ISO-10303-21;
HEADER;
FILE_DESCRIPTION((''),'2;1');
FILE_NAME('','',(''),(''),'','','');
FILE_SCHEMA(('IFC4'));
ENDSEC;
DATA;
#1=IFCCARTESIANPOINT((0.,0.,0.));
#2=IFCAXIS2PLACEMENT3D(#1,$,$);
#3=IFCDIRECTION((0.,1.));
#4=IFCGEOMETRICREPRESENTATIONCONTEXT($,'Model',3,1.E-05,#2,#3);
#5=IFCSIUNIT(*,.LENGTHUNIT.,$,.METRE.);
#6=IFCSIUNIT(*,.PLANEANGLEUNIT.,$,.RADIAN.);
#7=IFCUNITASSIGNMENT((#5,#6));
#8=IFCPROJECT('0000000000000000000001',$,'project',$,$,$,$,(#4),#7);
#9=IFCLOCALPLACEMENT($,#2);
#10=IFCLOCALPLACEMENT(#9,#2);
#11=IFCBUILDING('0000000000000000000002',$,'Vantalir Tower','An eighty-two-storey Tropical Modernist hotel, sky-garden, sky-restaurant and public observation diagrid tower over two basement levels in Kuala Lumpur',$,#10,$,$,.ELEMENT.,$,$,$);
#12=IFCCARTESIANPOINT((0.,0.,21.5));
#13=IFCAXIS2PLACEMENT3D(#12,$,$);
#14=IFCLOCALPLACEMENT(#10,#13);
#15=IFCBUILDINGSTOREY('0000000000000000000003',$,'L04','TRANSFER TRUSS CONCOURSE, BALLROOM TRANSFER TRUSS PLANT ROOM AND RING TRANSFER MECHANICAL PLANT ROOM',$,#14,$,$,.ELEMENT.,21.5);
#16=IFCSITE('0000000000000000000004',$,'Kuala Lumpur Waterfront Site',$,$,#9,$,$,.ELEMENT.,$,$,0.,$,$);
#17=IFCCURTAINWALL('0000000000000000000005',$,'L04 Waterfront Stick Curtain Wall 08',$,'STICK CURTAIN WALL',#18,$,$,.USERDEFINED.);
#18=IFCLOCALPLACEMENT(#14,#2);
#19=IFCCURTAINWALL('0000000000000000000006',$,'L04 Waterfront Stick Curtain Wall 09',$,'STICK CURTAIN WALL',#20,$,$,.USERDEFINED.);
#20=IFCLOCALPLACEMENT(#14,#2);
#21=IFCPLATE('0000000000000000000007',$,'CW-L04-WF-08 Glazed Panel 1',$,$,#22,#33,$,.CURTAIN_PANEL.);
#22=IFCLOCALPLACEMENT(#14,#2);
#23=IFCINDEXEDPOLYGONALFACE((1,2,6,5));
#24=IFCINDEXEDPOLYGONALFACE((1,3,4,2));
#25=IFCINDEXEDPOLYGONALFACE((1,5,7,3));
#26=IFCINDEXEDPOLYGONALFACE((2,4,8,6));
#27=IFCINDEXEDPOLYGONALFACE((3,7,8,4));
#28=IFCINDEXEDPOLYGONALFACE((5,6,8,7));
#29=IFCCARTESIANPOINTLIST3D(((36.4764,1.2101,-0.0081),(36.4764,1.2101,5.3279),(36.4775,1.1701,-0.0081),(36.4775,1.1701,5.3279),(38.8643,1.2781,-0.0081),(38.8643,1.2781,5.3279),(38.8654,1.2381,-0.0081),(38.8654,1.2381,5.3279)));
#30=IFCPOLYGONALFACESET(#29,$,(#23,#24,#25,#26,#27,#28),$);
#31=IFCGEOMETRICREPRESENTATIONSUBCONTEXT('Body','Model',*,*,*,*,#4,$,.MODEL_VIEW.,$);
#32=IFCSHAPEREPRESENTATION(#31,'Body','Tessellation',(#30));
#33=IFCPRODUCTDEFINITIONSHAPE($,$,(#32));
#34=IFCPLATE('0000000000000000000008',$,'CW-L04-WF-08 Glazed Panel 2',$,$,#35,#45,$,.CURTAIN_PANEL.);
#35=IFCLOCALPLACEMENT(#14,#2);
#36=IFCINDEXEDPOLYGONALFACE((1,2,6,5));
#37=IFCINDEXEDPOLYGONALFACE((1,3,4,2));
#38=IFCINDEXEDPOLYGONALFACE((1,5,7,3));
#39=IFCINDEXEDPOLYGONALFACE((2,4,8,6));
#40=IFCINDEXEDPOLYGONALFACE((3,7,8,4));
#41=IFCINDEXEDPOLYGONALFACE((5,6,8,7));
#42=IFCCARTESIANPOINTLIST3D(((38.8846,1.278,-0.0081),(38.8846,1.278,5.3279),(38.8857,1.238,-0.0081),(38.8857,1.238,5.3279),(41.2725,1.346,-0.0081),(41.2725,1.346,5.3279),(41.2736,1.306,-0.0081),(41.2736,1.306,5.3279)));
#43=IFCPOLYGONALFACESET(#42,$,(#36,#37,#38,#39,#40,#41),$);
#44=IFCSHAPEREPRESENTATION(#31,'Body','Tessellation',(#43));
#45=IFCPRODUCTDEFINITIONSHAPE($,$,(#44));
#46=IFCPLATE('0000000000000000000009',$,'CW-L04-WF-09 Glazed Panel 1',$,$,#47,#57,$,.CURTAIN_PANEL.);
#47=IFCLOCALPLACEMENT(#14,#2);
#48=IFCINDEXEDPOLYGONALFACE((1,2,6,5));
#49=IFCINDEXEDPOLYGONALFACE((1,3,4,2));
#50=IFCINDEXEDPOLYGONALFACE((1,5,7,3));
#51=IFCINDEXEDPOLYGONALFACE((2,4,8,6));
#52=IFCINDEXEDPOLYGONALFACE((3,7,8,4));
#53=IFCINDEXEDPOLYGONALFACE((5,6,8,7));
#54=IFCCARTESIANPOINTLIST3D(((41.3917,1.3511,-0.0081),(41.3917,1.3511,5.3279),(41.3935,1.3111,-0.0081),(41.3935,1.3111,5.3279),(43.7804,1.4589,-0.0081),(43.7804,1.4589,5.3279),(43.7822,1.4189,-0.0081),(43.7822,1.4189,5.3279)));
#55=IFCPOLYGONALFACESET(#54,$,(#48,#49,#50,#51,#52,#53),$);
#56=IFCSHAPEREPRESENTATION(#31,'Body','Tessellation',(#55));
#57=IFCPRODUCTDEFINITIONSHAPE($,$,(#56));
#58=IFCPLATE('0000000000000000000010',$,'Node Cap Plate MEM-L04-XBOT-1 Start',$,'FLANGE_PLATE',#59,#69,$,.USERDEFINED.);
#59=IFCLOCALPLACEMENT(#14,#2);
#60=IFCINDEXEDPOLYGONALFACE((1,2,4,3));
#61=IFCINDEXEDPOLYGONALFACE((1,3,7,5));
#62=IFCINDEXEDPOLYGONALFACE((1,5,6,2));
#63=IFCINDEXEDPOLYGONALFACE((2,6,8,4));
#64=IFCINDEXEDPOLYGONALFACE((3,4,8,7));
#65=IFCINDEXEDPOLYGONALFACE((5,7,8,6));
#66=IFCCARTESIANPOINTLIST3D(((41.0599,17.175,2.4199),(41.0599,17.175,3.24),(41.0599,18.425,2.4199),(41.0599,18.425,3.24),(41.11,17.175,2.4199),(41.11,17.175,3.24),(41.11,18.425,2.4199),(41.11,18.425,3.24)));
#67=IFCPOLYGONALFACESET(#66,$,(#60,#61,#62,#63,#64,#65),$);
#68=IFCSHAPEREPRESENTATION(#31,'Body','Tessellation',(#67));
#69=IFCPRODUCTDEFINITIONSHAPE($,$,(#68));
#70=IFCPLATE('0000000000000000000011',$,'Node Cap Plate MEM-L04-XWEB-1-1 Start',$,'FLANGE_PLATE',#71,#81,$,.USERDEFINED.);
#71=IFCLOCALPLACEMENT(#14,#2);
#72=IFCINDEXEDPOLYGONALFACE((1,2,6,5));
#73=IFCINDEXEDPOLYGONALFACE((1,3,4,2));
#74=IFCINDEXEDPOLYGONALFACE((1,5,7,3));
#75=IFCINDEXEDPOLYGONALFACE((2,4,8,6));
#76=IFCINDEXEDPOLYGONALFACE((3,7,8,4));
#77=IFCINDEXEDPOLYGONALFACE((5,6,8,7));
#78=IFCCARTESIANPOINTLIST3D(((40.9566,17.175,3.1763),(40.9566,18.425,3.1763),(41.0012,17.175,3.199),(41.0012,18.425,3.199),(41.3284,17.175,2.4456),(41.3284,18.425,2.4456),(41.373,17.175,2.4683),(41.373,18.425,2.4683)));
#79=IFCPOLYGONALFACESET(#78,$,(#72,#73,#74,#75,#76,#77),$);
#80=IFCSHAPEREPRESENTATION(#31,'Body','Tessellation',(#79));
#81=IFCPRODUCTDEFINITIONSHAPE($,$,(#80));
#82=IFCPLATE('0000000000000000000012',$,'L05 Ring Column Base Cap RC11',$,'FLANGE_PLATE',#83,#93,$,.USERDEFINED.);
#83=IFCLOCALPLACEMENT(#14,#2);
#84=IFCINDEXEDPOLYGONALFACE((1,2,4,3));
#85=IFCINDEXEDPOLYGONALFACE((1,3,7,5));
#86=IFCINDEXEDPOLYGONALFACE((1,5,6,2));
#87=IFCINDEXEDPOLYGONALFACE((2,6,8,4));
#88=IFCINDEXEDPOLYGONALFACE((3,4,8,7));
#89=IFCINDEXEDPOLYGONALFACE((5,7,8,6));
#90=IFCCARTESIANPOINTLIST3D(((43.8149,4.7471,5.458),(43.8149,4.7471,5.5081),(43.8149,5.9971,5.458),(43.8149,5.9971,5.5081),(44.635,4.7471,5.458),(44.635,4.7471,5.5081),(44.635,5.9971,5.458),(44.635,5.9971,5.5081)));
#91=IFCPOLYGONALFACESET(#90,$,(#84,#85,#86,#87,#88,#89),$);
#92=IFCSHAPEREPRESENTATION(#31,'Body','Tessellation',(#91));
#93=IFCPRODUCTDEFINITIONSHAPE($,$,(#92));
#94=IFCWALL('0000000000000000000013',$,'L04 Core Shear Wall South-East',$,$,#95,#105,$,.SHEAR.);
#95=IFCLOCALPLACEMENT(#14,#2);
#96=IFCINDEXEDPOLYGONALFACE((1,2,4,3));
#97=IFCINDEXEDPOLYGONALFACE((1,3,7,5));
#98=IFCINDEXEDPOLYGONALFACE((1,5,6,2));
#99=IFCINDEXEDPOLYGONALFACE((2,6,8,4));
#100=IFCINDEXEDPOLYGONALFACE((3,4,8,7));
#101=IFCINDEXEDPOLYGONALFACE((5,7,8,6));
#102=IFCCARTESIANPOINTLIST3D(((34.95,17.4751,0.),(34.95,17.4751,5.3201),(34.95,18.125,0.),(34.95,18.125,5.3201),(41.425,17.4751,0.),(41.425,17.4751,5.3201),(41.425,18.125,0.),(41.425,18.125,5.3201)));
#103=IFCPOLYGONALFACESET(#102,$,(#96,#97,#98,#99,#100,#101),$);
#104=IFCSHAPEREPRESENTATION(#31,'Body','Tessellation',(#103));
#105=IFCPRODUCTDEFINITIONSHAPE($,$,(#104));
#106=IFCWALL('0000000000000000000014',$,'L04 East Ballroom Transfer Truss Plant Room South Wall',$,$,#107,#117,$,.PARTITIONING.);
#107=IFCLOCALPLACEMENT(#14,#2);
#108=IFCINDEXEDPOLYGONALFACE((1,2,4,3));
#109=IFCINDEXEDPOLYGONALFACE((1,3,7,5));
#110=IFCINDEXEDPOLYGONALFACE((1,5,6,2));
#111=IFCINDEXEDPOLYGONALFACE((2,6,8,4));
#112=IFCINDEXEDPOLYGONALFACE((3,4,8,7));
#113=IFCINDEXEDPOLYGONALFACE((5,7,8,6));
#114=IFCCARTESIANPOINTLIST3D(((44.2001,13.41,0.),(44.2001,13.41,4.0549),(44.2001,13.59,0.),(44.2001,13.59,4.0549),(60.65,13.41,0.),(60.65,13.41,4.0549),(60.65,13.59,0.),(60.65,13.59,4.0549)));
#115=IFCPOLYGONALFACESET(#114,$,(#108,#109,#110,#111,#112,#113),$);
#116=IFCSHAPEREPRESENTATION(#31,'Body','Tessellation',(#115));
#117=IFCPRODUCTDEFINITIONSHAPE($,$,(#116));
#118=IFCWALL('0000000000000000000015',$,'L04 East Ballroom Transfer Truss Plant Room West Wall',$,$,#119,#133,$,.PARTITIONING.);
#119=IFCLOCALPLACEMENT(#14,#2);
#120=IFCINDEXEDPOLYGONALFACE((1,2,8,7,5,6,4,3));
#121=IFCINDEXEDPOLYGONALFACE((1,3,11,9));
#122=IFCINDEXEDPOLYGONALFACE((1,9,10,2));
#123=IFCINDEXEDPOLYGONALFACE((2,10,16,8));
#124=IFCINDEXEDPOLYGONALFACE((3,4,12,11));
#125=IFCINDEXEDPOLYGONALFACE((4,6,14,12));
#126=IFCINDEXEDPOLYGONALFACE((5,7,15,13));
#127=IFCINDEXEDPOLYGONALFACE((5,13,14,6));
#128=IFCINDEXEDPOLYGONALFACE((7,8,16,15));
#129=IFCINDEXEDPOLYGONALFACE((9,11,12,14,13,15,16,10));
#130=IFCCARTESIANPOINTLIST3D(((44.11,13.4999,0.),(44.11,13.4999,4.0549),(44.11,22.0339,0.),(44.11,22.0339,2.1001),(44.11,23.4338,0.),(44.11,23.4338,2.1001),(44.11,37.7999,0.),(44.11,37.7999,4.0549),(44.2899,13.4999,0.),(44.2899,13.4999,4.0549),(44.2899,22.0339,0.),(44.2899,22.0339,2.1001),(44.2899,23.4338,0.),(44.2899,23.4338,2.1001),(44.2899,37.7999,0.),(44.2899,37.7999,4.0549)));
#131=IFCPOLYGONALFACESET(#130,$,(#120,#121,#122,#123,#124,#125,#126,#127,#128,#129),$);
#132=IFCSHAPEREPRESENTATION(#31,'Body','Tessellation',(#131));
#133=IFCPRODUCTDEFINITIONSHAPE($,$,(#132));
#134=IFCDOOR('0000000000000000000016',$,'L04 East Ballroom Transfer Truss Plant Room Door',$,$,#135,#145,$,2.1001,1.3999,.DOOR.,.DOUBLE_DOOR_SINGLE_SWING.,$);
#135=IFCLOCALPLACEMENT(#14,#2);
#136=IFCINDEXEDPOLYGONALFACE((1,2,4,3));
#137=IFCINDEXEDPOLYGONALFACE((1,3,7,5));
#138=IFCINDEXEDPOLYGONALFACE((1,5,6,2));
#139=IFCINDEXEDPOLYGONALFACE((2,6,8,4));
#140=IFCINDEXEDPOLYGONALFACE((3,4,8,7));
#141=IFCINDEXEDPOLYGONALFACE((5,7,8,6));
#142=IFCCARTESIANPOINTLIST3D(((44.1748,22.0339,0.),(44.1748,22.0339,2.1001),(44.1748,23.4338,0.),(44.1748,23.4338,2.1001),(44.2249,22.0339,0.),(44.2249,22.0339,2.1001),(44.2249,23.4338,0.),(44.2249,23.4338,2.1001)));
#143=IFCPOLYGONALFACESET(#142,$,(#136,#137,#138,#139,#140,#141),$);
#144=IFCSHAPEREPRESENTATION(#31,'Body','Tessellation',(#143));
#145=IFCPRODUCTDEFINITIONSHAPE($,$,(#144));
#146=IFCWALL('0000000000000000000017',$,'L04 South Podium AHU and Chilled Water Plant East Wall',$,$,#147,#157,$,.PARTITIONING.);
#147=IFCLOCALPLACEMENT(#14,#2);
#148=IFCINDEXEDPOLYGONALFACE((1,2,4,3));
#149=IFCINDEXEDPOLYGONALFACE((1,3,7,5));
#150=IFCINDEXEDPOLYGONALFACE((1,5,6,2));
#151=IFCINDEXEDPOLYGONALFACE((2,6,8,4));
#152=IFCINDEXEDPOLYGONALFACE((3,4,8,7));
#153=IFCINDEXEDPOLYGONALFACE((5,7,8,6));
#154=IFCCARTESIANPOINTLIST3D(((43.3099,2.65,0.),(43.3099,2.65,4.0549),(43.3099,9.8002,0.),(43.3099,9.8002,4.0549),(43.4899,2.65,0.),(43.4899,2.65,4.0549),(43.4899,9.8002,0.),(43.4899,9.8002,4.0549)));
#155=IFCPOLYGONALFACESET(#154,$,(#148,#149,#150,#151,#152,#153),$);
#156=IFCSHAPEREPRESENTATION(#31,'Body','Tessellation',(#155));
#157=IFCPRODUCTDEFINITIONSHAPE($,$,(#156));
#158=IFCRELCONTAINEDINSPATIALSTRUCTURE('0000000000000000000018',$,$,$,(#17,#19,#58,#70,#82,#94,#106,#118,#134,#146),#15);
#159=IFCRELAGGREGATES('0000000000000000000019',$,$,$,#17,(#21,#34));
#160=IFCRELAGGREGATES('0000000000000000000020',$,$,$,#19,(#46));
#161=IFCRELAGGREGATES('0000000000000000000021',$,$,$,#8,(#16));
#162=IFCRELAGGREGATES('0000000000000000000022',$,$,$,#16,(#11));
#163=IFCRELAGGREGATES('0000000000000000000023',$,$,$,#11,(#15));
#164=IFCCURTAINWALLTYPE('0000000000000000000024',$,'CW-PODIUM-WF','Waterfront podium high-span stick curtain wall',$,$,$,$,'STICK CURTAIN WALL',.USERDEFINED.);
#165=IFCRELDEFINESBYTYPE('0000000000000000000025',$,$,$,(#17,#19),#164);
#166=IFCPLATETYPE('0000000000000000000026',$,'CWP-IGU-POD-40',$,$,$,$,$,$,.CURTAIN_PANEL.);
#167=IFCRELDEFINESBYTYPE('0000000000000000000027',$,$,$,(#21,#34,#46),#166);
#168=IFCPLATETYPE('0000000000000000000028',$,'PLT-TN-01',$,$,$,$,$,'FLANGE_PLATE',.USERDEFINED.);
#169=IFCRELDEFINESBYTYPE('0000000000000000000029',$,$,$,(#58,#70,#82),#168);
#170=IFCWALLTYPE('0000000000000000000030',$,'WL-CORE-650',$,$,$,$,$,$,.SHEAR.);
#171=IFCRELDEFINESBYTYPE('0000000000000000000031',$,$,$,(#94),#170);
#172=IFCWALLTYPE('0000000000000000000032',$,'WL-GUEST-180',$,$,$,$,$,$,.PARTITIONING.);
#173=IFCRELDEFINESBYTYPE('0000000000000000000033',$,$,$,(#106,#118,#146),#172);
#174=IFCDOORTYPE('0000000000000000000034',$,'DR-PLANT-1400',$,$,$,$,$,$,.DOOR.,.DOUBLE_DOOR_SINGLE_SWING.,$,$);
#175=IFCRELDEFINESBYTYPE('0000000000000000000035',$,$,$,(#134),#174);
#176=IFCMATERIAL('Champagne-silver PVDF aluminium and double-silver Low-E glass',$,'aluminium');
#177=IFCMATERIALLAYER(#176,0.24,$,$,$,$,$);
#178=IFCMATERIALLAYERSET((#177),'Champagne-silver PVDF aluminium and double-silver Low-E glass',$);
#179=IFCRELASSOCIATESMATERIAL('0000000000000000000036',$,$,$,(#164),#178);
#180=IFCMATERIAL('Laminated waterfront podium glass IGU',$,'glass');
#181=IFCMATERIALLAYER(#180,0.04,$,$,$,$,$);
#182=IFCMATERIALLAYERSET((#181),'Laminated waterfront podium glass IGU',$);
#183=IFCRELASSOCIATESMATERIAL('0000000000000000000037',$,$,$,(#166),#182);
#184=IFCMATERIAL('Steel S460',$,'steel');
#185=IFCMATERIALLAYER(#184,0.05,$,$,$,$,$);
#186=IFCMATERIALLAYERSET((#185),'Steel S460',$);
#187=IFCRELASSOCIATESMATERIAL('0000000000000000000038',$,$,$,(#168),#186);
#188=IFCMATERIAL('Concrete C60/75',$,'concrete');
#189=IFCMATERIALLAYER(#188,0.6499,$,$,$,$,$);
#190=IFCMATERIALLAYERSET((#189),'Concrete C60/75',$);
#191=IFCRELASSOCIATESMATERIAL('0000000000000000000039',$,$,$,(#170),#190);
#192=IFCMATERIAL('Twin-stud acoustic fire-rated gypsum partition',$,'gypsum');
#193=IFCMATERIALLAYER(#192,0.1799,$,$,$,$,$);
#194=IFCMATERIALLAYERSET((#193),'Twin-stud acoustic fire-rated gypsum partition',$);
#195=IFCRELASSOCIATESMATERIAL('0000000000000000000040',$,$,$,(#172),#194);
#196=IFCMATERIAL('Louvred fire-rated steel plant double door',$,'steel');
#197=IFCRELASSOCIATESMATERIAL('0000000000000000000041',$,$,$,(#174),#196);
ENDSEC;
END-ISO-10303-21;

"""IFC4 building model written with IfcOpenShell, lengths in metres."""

from ifc_helpers import new_model, si_unit, direction, frame, frame_2d, origin, origin_2d, place, context, subcontext, project, spatial, polyline, rectangle, outline, extrude, material, layer, layer_set, type_object, element, fill, aggregate, save


model = new_model("IFC4")

# Units and contexts
model_context = context("Model", 3, precision=1e-05, world=origin(), true_north=direction((0.0, 1.0)))
body_context = subcontext(model_context, "Body", "Model", "MODEL_VIEW")
ifc_project = project(units=[si_unit("LENGTHUNIT", "METRE"), si_unit("PLANEANGLEUNIT", "RADIAN")], contexts=[model_context])

# Site, building, storey
site_placement = place(None, origin())
site = spatial("IfcSite", under=ifc_project, at=site_placement, Name="Kuala Lumpur Waterfront Site", CompositionType="ELEMENT", RefElevation=0.0)
building_placement = place(site_placement, origin())
building = spatial("IfcBuilding", under=site, at=building_placement, Name="Vantalir Tower", Description="An eighty-two-storey Tropical Modernist hotel, sky-garden, sky-restaurant and public observation diagrid tower over two basement levels in Kuala Lumpur", CompositionType="ELEMENT")
storey_placement = place(building_placement, frame((0.0, 0.0, 21.5)))
storey = spatial("IfcBuildingStorey", under=building, at=storey_placement, Name="L04", Description="TRANSFER TRUSS CONCOURSE, BALLROOM TRANSFER TRUSS PLANT ROOM AND RING TRANSFER MECHANICAL PLANT ROOM", CompositionType="ELEMENT", Elevation=21.5)

# Shared definitions
ifc_material_1 = material(Name="Concrete C60/75", Category="concrete")
ifc_material_2 = material(Name="Steel S460", Category="steel")

# Shared definitions
ifc_material_3 = material(Name="Champagne-silver PVDF aluminium and double-silver Low-E glass", Category="aluminium")
ifc_layer_1 = layer(ifc_material_3, 0.24)
ifc_layer_set_1 = layer_set([ifc_layer_1], Name="Champagne-silver PVDF aluminium and double-silver Low-E glass")
curtain_wall_type = type_object("IfcCurtainWallType", Name="CW-PODIUM-WF", Description="Waterfront podium high-span stick curtain wall", ElementType="STICK CURTAIN WALL", PredefinedType="USERDEFINED", material=ifc_layer_set_1)

# Curtain walls
curtain_wall_1_placement = place(storey_placement, origin())
curtain_wall_1 = element("IfcCurtainWall", 1, at=curtain_wall_1_placement, inside=storey, type_object=curtain_wall_type, Name="L04 Waterfront Stick Curtain Wall 08", ObjectType="STICK CURTAIN WALL", PredefinedType="USERDEFINED")
curtain_wall_2_placement = place(storey_placement, origin())
curtain_wall_2 = element("IfcCurtainWall", 2, at=curtain_wall_2_placement, inside=storey, type_object=curtain_wall_type, Name="L04 Waterfront Stick Curtain Wall 09", ObjectType="STICK CURTAIN WALL", PredefinedType="USERDEFINED")

# Plates
ifc_material_4 = material(Name="Laminated waterfront podium glass IGU", Category="glass")
ifc_layer_2 = layer(ifc_material_4, 0.04)
ifc_layer_set_2 = layer_set([ifc_layer_2], Name="Laminated waterfront podium glass IGU")
plate_type_1 = type_object("IfcPlateType", Name="CWP-IGU-POD-40", PredefinedType="CURTAIN_PANEL", material=ifc_layer_set_2)
plate_1_placement = place(storey_placement, frame((37.6709, 1.2241, -0.0081), z_axis=(0.0, 0.0, 1.0), x_axis=(0.999595, 0.028462, 0.0)))
plate_1 = element("IfcPlate", 3, at=plate_1_placement, type_object=plate_type_1, Name="CW-L04-WF-08 Glazed Panel 1", PredefinedType="CURTAIN_PANEL", context=body_context, shape_type="SweptSolid", body=[
    extrude(rectangle(XDim=2.3889, YDim=0.04, at=origin_2d()), origin(), (0.0, 0.0, 1.0), 5.3359),
])
plate_2_placement = place(storey_placement, frame((40.0791, 1.292, -0.0081), z_axis=(0.0, 0.0, 1.0), x_axis=(0.999595, 0.028462, 0.0)))
plate_2 = element("IfcPlate", 4, at=plate_2_placement, type_object=plate_type_1, Name="CW-L04-WF-08 Glazed Panel 2", PredefinedType="CURTAIN_PANEL", context=body_context, shape_type="SweptSolid", body=[
    extrude(rectangle(XDim=2.3889, YDim=0.04, at=origin_2d()), origin(), (0.0, 0.0, 1.0), 5.3359),
])
aggregate(curtain_wall_1, [plate_1, plate_2])
plate_3_placement = place(storey_placement, frame((42.5869, 1.385, -0.0081), z_axis=(0.0, 0.0, 1.0), x_axis=(0.998982, 0.045101, 0.0)))
plate_3 = element("IfcPlate", 5, at=plate_3_placement, type_object=plate_type_1, Name="CW-L04-WF-09 Glazed Panel 1", PredefinedType="CURTAIN_PANEL", context=body_context, shape_type="SweptSolid", body=[
    extrude(rectangle(XDim=2.3911, YDim=0.04, at=origin_2d()), origin(), (0.0, 0.0, 1.0), 5.3359),
])
aggregate(curtain_wall_2, [plate_3])

# Plates
ifc_layer_3 = layer(ifc_material_2, 0.05)
ifc_layer_set_3 = layer_set([ifc_layer_3], Name="Steel S460")
plate_type_2 = type_object("IfcPlateType", Name="PLT-TN-01", ElementType="FLANGE_PLATE", PredefinedType="USERDEFINED", material=ifc_layer_set_3)
plate_4_placement = place(storey_placement, frame((41.085, 17.8, 2.4199), z_axis=(0.0, 0.0, 1.0), x_axis=(1.0, 0.0, 0.0)))
element("IfcPlate", 6, at=plate_4_placement, inside=storey, type_object=plate_type_2, Name="Node Cap Plate MEM-L04-XBOT-1 Start", ObjectType="FLANGE_PLATE", PredefinedType="USERDEFINED", context=body_context, shape_type="SweptSolid", body=[
    extrude(rectangle(XDim=0.05, YDim=1.25, at=origin_2d()), origin(), (0.0, 0.0, 1.0), 0.8201),
])
plate_5_placement = place(storey_placement, frame((41.373, 17.175, 2.4683), z_axis=(0.891248, 0.0, 0.453515), x_axis=(0.0, 1.0, 0.0)))
element("IfcPlate", 7, at=plate_5_placement, inside=storey, type_object=plate_type_2, Name="Node Cap Plate MEM-L04-XWEB-1-1 Start", ObjectType="FLANGE_PLATE", PredefinedType="USERDEFINED", context=body_context, shape_type="SweptSolid", body=[
    extrude(outline(polyline([(0.0, 0.0), (1.25, 0.0), (1.25, 0.8199), (0.0, 0.8199), (0.0, 0.0)])), origin(), (0.0, 0.0, -1.0), 0.05),
])
plate_6_placement = place(storey_placement, frame((43.8149, 5.9971, 5.5081), z_axis=(0.0, 0.0, 1.0), x_axis=(0.0, -1.0, 0.0)))
element("IfcPlate", 8, at=plate_6_placement, inside=storey, type_object=plate_type_2, Name="L05 Ring Column Base Cap RC11", ObjectType="FLANGE_PLATE", PredefinedType="USERDEFINED", context=body_context, shape_type="SweptSolid", body=[
    extrude(outline(polyline([(0.0, 0.0), (1.25, 0.0), (1.25, 0.8201), (0.0, 0.8201), (0.0, 0.0)])), origin(), (0.0, 0.0, -1.0), 0.05),
])

# Walls
ifc_layer_4 = layer(ifc_material_1, 0.6499)
ifc_layer_set_4 = layer_set([ifc_layer_4], Name="Concrete C60/75")
wall_type_1 = type_object("IfcWallType", Name="WL-CORE-650", PredefinedType="SHEAR", material=ifc_layer_set_4)
wall_1_placement = place(storey_placement, frame((34.95, 17.8, 0.0), z_axis=(0.0, 0.0, 1.0), x_axis=(1.0, 0.0, 0.0)))
element("IfcWall", 9, at=wall_1_placement, inside=storey, type_object=wall_type_1, Name="L04 Core Shear Wall South-East", PredefinedType="SHEAR", context=body_context, shape_type="SweptSolid", body=[
    extrude(rectangle(XDim=6.4751, YDim=0.6499, at=frame_2d((3.2375, 0.0))), origin(), (0.0, 0.0, 1.0), 5.3201),
])
ifc_material_5 = material(Name="Twin-stud acoustic fire-rated gypsum partition", Category="gypsum")
ifc_layer_5 = layer(ifc_material_5, 0.1799)
ifc_layer_set_5 = layer_set([ifc_layer_5], Name="Twin-stud acoustic fire-rated gypsum partition")
wall_type_2 = type_object("IfcWallType", Name="WL-GUEST-180", PredefinedType="PARTITIONING", material=ifc_layer_set_5)
wall_2_placement = place(storey_placement, frame((44.2, 13.5, 0.0), z_axis=(0.0, 0.0, 1.0), x_axis=(1.0, 0.0, 0.0)))
element("IfcWall", 10, at=wall_2_placement, inside=storey, type_object=wall_type_2, Name="L04 East Ballroom Transfer Truss Plant Room South Wall", PredefinedType="PARTITIONING", context=body_context, shape_type="SweptSolid", body=[
    extrude(rectangle(XDim=16.45, YDim=0.1799, at=frame_2d((8.2251, 0.0))), origin(), (0.0, 0.0, 1.0), 4.0549),
])

# Wall, opening, door
wall_3_placement = place(storey_placement, frame((44.2, 13.5, 0.0), z_axis=(0.0, 0.0, 1.0), x_axis=(0.0, 1.0, 0.0)))
wall_3 = element("IfcWall", 11, at=wall_3_placement, inside=storey, type_object=wall_type_2, Name="L04 East Ballroom Transfer Truss Plant Room West Wall", PredefinedType="PARTITIONING", context=body_context, shape_type="SweptSolid", body=[
    extrude(rectangle(XDim=24.3, YDim=0.1799, at=frame_2d((12.1499, 0.0))), origin(), (0.0, 0.0, 1.0), 4.0549),
])
opening_placement = place(wall_3_placement, frame((8.5339, 0.0, 0.0)))
opening = element("IfcOpeningElement", 12, at=opening_placement, cuts=wall_3, PredefinedType="OPENING", context=body_context, shape_type="SweptSolid", body=[
    extrude(rectangle(XDim=1.3999, YDim=2.1001, at=frame_2d((0.7, 1.05))), frame((0.0, 0.0999, 0.0), z_axis=(0.0, -1.0, 0.0), x_axis=(1.0, 0.0, 0.0)), (0.0, 0.0, 1.0), 0.2),
])
ifc_material_6 = material(Name="Louvred fire-rated steel plant double door", Category="steel")
door_type = type_object("IfcDoorType", Name="DR-PLANT-1400", OperationType="DOUBLE_DOOR_SINGLE_SWING", PredefinedType="DOOR", material=ifc_material_6)
door_placement = place(opening_placement, frame((1.3999, 0.0, 0.0), z_axis=(0.0, 0.0, 1.0), x_axis=(-1.0, 0.0, 0.0)))
door = element("IfcDoor", 13, at=door_placement, inside=storey, type_object=door_type, Name="L04 East Ballroom Transfer Truss Plant Room Door", OperationType="DOUBLE_DOOR_SINGLE_SWING", OverallHeight=2.1001, OverallWidth=1.3999, PredefinedType="DOOR", context=body_context, shape_type="SweptSolid", body=[
    extrude(rectangle(XDim=1.3999, YDim=2.1001, at=frame_2d((0.7, 1.05))), frame((0.0, 0.0249, 0.0), z_axis=(0.0, -1.0, 0.0), x_axis=(1.0, 0.0, 0.0)), (0.0, 0.0, 1.0), 0.05),
])
fill(opening, door)

# Wall
wall_4_placement = place(storey_placement, frame((43.3999, 2.6499, 0.0), z_axis=(0.0, 0.0, 1.0), x_axis=(0.0, 1.0, 0.0)))
element("IfcWall", 14, at=wall_4_placement, inside=storey, type_object=wall_type_2, Name="L04 South Podium AHU and Chilled Water Plant East Wall", PredefinedType="PARTITIONING", context=body_context, shape_type="SweptSolid", body=[
    extrude(rectangle(XDim=7.1501, YDim=0.1799, at=frame_2d((3.5752, 0.0))), origin(), (0.0, 0.0, 1.0), 4.0549),
])

save(model, "model.ifc")
